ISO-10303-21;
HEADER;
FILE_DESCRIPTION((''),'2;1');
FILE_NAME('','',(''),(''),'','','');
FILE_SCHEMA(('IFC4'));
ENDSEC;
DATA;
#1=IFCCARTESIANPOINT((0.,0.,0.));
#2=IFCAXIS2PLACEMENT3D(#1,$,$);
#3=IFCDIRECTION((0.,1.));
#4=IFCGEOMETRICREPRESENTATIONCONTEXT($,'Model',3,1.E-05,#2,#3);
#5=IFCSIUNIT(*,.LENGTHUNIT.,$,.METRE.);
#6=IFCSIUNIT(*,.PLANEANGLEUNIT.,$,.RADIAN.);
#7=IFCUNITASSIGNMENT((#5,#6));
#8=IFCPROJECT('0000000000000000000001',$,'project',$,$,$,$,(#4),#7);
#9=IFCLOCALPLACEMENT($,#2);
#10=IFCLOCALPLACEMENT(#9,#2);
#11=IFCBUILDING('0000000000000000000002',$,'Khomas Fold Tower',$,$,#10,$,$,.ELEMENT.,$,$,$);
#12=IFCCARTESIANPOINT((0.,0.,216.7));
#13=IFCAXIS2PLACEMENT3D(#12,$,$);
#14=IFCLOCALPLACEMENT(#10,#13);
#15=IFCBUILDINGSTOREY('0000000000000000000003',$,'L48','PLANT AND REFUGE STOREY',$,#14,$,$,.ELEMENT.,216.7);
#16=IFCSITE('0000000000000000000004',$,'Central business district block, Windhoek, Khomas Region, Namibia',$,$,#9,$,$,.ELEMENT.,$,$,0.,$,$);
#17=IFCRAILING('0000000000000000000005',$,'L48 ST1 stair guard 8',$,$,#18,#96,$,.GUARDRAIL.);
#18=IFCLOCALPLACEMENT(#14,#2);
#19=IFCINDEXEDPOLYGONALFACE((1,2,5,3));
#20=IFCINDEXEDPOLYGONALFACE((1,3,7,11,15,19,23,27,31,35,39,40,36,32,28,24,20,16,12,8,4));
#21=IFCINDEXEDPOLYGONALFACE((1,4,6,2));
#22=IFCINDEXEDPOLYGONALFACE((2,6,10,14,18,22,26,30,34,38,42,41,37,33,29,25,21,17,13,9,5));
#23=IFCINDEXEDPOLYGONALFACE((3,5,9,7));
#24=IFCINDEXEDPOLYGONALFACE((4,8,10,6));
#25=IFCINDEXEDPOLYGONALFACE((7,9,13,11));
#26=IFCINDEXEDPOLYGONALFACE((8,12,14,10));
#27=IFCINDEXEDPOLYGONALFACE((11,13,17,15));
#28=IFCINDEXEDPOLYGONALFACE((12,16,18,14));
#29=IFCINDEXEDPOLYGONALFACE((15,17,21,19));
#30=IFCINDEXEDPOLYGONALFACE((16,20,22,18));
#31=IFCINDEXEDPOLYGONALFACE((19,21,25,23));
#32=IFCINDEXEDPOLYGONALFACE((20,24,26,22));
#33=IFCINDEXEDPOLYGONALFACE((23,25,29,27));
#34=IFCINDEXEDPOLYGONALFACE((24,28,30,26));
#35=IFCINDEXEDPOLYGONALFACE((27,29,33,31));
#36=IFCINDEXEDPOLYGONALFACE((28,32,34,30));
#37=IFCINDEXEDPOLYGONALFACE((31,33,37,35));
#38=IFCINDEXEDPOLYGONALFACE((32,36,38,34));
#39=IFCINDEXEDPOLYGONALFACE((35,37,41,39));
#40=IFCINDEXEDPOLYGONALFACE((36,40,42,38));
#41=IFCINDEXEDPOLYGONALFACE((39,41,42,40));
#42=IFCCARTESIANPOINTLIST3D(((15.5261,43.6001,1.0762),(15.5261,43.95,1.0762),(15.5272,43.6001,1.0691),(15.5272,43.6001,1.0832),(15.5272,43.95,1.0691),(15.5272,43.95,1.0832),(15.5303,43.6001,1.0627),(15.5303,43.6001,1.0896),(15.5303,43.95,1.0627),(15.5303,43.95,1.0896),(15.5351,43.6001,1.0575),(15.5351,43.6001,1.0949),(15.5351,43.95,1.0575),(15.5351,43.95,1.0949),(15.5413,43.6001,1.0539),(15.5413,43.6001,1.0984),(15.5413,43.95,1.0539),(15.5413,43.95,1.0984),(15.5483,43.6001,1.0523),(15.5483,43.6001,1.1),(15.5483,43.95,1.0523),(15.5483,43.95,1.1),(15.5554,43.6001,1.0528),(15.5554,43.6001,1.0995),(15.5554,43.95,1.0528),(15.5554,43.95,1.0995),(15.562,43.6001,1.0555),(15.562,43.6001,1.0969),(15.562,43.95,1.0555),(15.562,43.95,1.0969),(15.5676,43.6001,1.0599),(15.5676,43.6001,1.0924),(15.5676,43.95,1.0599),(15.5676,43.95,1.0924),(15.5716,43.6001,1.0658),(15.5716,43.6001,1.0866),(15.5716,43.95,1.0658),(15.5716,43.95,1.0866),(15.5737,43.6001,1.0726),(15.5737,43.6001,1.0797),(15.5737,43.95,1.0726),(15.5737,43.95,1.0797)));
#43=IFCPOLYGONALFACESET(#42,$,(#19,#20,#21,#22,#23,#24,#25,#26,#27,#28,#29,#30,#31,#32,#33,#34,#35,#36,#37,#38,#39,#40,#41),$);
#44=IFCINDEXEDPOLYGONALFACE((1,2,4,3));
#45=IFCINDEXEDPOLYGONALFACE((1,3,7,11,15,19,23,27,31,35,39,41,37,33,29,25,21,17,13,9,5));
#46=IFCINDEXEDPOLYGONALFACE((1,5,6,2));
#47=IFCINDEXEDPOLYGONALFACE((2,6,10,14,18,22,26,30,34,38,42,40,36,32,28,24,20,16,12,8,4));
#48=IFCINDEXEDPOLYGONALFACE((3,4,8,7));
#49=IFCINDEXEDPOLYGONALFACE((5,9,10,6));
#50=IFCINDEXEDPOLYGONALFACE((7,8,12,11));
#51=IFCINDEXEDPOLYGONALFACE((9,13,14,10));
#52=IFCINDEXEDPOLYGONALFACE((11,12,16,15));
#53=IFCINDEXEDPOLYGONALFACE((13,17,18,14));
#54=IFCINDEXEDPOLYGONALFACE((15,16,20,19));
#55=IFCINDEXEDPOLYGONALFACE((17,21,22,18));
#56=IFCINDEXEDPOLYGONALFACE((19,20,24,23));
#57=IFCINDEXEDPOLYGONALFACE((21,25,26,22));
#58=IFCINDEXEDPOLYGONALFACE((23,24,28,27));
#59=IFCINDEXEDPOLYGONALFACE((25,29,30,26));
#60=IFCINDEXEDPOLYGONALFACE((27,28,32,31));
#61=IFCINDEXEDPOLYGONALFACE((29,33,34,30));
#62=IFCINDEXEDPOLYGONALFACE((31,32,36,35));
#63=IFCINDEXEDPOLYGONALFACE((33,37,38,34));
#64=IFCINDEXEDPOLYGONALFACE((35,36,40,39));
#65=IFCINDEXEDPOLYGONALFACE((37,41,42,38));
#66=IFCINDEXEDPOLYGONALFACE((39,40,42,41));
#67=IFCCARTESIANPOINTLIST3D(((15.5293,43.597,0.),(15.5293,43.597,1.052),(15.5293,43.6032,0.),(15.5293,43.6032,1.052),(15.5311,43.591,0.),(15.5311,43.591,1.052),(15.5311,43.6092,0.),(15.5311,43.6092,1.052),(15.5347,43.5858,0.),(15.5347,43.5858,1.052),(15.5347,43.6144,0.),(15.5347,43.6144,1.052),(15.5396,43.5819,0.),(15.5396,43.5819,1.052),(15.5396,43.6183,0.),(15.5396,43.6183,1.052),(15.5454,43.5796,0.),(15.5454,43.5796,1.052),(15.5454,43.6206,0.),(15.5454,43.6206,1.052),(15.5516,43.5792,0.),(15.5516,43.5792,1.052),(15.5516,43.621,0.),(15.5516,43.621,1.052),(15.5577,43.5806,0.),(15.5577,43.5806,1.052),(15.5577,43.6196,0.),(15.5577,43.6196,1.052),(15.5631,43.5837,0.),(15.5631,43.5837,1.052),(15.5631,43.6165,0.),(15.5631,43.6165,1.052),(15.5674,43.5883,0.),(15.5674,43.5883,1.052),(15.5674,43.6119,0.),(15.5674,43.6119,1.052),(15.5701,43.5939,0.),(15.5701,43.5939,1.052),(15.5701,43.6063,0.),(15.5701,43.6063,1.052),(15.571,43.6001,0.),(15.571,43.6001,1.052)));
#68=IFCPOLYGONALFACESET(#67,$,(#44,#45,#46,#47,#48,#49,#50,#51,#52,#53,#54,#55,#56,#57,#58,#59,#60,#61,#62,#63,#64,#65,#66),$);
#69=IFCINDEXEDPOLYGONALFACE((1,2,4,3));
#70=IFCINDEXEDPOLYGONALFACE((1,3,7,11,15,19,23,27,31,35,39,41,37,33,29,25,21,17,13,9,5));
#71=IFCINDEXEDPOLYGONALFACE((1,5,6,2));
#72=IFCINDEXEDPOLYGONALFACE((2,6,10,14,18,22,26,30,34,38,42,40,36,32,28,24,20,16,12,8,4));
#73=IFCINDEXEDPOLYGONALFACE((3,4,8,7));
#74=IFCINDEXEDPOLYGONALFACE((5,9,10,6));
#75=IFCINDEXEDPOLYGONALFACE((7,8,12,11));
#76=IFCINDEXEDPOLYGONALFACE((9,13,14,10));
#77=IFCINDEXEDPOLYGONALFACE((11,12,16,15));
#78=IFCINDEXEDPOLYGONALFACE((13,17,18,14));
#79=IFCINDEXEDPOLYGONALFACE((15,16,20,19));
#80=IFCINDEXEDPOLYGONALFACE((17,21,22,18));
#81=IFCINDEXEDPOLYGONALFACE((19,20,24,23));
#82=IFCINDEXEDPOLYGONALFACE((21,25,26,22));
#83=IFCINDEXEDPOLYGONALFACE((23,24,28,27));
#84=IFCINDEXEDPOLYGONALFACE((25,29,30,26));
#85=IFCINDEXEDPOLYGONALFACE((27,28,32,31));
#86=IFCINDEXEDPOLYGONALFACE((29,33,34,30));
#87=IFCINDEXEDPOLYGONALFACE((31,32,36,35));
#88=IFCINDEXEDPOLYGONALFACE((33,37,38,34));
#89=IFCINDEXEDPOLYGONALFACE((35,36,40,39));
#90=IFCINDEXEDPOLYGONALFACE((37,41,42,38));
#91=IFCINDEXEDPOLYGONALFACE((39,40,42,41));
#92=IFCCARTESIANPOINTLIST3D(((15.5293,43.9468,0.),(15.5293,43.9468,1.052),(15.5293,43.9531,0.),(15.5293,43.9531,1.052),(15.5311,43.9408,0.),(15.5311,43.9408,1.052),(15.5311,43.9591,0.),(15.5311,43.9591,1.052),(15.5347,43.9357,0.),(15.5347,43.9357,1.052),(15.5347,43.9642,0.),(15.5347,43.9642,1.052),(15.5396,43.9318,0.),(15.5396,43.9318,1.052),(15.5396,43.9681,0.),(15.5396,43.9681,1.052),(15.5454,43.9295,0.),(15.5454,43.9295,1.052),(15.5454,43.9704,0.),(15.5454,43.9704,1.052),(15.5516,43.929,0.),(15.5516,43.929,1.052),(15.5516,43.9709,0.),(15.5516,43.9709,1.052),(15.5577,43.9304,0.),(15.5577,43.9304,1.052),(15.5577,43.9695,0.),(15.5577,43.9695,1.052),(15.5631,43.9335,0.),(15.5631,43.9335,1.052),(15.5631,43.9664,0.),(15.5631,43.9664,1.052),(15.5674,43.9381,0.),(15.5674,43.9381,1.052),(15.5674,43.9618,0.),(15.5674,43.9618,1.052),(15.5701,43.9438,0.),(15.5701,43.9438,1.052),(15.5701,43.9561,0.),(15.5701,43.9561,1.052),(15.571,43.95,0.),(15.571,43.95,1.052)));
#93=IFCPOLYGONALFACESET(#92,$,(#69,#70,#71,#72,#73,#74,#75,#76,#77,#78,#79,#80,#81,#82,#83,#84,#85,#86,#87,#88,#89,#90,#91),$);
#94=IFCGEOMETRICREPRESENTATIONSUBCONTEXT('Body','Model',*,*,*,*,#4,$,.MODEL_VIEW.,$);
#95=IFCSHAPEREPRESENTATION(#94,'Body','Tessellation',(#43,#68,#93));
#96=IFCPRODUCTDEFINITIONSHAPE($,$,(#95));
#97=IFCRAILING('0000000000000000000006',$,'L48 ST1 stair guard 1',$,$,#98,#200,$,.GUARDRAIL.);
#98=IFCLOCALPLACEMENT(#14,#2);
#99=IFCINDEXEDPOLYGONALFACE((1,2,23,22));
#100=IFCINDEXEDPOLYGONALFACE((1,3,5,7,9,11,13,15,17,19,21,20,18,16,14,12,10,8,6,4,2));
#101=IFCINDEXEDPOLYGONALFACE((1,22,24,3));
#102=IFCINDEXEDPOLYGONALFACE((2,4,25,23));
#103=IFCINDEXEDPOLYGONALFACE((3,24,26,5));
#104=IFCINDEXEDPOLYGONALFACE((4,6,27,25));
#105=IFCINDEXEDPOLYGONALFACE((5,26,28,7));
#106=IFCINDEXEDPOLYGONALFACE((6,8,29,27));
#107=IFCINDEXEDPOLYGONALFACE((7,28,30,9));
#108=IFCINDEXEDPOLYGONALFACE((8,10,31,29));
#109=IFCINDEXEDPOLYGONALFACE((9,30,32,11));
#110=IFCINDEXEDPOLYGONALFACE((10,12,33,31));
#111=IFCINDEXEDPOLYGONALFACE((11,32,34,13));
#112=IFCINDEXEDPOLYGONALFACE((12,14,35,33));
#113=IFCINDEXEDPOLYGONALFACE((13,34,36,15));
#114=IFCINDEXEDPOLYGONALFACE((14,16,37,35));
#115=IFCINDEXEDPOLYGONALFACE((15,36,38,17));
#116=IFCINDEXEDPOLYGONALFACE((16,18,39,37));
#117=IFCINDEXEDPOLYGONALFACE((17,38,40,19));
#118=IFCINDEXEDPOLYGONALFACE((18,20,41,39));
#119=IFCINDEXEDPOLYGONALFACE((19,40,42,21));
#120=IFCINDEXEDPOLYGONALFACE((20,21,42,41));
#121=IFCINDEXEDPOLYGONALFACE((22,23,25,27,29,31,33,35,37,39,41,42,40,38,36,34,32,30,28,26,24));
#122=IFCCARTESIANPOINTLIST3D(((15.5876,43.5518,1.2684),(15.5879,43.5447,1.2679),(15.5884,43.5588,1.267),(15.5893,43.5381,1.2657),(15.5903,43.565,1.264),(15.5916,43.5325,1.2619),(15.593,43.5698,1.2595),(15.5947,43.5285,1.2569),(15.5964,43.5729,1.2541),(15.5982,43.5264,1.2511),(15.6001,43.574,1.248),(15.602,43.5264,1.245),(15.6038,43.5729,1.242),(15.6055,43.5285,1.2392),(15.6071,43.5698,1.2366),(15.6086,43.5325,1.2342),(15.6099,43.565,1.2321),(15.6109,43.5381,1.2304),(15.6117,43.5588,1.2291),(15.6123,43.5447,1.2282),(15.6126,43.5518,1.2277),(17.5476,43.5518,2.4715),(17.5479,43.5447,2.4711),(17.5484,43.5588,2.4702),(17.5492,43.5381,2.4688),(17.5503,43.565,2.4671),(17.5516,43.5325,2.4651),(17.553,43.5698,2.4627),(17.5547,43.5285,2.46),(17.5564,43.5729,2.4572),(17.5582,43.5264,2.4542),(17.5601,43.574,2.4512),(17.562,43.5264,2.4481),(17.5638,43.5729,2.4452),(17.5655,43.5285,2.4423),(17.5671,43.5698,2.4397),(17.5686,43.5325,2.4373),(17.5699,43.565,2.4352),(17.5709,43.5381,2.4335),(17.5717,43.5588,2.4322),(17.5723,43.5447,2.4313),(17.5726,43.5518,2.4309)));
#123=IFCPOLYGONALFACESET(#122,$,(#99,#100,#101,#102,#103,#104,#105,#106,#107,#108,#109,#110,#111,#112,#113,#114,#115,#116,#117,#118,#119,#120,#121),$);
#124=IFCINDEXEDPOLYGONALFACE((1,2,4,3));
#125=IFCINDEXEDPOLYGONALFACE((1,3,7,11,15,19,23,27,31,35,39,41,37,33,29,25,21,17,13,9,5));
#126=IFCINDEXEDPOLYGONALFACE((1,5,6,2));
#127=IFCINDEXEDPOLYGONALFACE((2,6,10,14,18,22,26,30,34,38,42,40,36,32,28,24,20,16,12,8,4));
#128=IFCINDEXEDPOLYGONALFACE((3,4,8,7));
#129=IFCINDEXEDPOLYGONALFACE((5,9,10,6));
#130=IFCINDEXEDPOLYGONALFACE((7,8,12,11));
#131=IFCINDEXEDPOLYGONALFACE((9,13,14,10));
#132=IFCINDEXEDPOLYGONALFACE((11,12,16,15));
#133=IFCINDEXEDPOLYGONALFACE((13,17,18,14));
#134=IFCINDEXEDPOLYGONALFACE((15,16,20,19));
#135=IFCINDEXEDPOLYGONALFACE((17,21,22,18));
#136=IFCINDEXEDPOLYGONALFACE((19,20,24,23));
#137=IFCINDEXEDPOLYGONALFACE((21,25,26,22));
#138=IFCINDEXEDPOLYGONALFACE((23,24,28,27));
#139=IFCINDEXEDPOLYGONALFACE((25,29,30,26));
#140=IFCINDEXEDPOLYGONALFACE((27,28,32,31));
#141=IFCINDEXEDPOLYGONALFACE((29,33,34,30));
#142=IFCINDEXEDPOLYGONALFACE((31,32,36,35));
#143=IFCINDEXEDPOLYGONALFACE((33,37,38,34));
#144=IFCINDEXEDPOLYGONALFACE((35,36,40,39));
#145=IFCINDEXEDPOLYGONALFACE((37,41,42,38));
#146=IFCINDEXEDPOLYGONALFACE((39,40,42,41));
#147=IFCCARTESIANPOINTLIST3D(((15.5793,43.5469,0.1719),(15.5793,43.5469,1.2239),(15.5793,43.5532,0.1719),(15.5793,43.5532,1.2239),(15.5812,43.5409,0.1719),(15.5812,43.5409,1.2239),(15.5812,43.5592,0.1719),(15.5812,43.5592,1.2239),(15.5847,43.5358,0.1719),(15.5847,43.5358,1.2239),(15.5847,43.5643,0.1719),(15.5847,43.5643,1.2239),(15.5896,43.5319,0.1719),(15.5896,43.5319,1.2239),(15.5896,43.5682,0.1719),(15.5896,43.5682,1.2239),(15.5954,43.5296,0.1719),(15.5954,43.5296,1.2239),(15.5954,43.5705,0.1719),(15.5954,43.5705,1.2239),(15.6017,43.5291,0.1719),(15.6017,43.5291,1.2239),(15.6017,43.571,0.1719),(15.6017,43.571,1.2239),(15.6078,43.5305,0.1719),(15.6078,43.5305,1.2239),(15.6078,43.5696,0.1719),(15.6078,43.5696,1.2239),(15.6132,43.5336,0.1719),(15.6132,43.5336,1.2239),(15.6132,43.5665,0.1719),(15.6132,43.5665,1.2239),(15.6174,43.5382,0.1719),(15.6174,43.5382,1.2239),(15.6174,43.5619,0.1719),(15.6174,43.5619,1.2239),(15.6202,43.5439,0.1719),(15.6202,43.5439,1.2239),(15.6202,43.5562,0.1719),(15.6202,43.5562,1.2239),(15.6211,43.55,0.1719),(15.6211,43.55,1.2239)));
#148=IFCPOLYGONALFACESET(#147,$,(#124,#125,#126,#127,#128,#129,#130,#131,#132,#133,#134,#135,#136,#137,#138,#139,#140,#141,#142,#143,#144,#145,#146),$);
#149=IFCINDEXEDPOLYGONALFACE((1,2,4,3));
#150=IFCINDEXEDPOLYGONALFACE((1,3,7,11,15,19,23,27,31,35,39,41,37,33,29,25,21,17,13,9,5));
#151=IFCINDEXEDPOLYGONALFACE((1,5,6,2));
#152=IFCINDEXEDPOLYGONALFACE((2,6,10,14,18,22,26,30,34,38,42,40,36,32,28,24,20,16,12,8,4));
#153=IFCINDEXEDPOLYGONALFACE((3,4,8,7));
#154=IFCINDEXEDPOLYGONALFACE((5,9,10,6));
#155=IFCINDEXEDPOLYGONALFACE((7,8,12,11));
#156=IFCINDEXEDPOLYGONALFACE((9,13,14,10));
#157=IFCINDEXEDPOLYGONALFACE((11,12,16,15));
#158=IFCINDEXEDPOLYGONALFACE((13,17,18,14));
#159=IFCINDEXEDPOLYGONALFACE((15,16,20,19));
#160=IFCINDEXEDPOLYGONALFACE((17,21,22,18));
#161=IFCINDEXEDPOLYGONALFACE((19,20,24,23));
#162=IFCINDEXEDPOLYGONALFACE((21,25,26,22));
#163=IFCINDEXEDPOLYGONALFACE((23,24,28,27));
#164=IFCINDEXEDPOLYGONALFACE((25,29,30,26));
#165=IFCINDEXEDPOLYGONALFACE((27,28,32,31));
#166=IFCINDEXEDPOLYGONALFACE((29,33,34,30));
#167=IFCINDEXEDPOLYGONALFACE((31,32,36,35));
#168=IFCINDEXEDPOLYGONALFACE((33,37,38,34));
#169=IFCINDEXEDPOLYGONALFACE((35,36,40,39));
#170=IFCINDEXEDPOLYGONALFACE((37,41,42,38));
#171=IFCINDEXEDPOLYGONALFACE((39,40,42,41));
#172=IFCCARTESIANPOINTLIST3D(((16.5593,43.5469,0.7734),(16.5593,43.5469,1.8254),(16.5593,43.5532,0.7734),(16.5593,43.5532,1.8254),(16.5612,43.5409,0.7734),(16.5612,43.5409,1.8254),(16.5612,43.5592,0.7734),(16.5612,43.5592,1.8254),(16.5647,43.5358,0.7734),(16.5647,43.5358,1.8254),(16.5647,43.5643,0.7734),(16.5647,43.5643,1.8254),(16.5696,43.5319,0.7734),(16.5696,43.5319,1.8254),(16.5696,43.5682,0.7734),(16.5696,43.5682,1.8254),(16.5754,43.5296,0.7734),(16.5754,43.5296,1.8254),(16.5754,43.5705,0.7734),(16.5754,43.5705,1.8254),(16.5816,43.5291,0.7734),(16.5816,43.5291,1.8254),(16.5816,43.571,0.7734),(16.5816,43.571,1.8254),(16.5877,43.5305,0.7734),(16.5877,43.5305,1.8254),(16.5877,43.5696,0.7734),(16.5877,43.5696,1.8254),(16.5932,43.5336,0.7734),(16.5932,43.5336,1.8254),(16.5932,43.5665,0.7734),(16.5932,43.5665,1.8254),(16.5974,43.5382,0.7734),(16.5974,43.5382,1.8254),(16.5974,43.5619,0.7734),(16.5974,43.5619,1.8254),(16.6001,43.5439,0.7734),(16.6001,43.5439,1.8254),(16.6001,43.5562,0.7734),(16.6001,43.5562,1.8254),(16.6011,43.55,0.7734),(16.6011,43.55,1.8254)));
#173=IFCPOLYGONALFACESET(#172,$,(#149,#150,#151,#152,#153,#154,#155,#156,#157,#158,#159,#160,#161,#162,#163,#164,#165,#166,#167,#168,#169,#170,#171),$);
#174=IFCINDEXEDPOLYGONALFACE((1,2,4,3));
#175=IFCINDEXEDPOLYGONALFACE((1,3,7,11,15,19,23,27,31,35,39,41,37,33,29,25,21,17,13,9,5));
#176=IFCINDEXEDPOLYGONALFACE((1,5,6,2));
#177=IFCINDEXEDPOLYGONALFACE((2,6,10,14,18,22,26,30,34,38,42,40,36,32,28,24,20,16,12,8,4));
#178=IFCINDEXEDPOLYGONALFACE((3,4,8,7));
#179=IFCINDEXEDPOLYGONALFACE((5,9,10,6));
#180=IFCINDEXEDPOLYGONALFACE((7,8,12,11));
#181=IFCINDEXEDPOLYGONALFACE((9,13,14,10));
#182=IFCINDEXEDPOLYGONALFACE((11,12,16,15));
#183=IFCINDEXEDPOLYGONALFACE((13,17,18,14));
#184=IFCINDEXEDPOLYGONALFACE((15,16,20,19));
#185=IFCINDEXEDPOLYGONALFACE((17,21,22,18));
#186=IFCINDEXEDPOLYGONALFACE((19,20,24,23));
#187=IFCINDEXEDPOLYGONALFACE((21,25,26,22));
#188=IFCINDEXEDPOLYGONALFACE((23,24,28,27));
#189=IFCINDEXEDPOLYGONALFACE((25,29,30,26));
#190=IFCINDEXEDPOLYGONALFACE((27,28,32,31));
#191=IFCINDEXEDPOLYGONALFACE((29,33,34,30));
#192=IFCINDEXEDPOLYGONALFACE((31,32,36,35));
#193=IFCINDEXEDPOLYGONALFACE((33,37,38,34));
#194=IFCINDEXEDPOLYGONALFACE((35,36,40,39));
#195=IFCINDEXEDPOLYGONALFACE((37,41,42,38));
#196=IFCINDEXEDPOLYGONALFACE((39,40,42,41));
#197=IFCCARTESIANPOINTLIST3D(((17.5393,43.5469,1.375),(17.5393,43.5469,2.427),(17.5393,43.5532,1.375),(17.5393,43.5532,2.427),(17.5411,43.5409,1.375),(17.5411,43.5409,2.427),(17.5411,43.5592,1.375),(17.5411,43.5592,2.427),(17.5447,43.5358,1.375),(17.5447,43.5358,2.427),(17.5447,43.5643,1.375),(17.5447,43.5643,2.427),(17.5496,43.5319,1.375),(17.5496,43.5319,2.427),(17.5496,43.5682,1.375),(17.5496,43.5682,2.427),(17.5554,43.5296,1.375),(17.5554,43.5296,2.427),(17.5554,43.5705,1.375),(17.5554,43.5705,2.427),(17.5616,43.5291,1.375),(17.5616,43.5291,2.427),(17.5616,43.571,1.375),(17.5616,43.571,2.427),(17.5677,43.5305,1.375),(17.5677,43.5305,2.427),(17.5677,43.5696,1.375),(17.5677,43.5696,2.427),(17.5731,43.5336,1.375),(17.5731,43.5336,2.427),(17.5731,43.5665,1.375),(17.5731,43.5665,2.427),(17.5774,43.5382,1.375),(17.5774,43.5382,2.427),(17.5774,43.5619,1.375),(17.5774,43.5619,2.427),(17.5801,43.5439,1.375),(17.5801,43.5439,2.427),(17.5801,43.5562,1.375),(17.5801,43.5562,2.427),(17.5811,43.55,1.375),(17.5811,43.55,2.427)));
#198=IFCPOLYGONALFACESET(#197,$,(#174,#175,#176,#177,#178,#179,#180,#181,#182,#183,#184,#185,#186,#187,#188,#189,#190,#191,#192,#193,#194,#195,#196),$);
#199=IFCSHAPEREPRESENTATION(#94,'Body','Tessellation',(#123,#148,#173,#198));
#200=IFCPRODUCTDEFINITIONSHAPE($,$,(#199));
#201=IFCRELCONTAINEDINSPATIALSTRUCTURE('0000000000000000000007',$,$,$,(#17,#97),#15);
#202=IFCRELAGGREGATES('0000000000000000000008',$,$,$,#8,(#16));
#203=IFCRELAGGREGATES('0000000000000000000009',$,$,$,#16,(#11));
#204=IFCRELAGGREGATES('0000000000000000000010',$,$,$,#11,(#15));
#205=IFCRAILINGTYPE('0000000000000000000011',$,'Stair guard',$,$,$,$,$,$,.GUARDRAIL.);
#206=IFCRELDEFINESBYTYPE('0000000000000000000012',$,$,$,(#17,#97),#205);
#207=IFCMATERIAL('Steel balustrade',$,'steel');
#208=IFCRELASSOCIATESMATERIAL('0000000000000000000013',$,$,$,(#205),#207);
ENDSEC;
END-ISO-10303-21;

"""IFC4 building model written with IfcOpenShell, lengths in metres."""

from ifc_helpers import new_model, si_unit, direction, frame, origin, origin_2d, place, context, subcontext, project, spatial, circle, extrude, source, transform, mapped, material, type_object, element, save


model = new_model("IFC4")

# Units and contexts
model_context = context("Model", 3, precision=1e-05, world=origin(), true_north=direction((0.0, 1.0)))
body_context = subcontext(model_context, "Body", "Model", "MODEL_VIEW")
ifc_project = project(units=[si_unit("LENGTHUNIT", "METRE"), si_unit("PLANEANGLEUNIT", "RADIAN")], contexts=[model_context])

# Site, building, storey
site_placement = place(None, origin())
site = spatial("IfcSite", under=ifc_project, at=site_placement, Name="Central business district block, Windhoek, Khomas Region, Namibia", CompositionType="ELEMENT", RefElevation=0.0)
building_placement = place(site_placement, origin())
building = spatial("IfcBuilding", under=site, at=building_placement, Name="Khomas Fold Tower", CompositionType="ELEMENT")
storey_placement = place(building_placement, frame((0.0, 0.0, 216.7)))
storey = spatial("IfcBuildingStorey", under=building, at=storey_placement, Name="L48", Description="PLANT AND REFUGE STOREY", CompositionType="ELEMENT", Elevation=216.7)

# Railings
ifc_material_1 = material(Name="Steel balustrade", Category="steel")
railing_type = type_object("IfcRailingType", Name="Stair guard", PredefinedType="GUARDRAIL", material=ifc_material_1)
shared_shape_1 = source(origin(), body_context, "Body", "SweptSolid", [
    extrude(circle(Radius=0.0239, at=origin_2d()), frame((0.0, 0.0, 1.0762), z_axis=(0.0, 1.0, 0.0), x_axis=(-1.0, 0.0, 0.0)), (0.0, 0.0, 1.0), 0.3499),
    extrude(circle(Radius=0.021, at=origin_2d()), origin(), (0.0, 0.0, 1.0), 1.052),
    extrude(circle(Radius=0.021, at=origin_2d()), frame((0.0, 0.3499, 0.0)), (0.0, 0.0, 1.0), 1.052),
])
for number, where, name in (
    (1, (15.55, 43.6001, 0.0), "L48 ST1 stair guard 8"),
):
    element("IfcRailing", number, at=place(storey_placement, frame(where)), inside=storey, type_object=railing_type, Name=name, PredefinedType="GUARDRAIL", context=body_context, shape_type="MappedRepresentation", body=[
        mapped(shared_shape_1, transform((0.0, 0.0, 0.0))),
    ])
shared_shape_2 = source(origin(), body_context, "Body", "SweptSolid", [
    extrude(circle(Radius=0.0239, at=origin_2d()), frame((0.0, 0.0, 1.0762), z_axis=(0.852241, 0.0, 0.523149), x_axis=(0.0, 1.0, 0.0)), (0.0, 0.0, 1.0), 2.2998),
    extrude(circle(Radius=0.021, at=origin_2d()), origin(), (0.0, 0.0, 1.0), 1.052),
    extrude(circle(Radius=0.021, at=origin_2d()), frame((0.98, 0.0, 0.6016)), (0.0, 0.0, 1.0), 1.052),
    extrude(circle(Radius=0.021, at=origin_2d()), frame((1.96, 0.0, 1.2031)), (0.0, 0.0, 1.0), 1.052),
])
for number, where, name in (
    (2, (15.6001, 43.55, 0.1719), "L48 ST1 stair guard 1"),
):
    element("IfcRailing", number, at=place(storey_placement, frame(where)), inside=storey, type_object=railing_type, Name=name, PredefinedType="GUARDRAIL", context=body_context, shape_type="MappedRepresentation", body=[
        mapped(shared_shape_2, transform((0.0, 0.0, 0.0))),
    ])

save(model, "model.ifc")
